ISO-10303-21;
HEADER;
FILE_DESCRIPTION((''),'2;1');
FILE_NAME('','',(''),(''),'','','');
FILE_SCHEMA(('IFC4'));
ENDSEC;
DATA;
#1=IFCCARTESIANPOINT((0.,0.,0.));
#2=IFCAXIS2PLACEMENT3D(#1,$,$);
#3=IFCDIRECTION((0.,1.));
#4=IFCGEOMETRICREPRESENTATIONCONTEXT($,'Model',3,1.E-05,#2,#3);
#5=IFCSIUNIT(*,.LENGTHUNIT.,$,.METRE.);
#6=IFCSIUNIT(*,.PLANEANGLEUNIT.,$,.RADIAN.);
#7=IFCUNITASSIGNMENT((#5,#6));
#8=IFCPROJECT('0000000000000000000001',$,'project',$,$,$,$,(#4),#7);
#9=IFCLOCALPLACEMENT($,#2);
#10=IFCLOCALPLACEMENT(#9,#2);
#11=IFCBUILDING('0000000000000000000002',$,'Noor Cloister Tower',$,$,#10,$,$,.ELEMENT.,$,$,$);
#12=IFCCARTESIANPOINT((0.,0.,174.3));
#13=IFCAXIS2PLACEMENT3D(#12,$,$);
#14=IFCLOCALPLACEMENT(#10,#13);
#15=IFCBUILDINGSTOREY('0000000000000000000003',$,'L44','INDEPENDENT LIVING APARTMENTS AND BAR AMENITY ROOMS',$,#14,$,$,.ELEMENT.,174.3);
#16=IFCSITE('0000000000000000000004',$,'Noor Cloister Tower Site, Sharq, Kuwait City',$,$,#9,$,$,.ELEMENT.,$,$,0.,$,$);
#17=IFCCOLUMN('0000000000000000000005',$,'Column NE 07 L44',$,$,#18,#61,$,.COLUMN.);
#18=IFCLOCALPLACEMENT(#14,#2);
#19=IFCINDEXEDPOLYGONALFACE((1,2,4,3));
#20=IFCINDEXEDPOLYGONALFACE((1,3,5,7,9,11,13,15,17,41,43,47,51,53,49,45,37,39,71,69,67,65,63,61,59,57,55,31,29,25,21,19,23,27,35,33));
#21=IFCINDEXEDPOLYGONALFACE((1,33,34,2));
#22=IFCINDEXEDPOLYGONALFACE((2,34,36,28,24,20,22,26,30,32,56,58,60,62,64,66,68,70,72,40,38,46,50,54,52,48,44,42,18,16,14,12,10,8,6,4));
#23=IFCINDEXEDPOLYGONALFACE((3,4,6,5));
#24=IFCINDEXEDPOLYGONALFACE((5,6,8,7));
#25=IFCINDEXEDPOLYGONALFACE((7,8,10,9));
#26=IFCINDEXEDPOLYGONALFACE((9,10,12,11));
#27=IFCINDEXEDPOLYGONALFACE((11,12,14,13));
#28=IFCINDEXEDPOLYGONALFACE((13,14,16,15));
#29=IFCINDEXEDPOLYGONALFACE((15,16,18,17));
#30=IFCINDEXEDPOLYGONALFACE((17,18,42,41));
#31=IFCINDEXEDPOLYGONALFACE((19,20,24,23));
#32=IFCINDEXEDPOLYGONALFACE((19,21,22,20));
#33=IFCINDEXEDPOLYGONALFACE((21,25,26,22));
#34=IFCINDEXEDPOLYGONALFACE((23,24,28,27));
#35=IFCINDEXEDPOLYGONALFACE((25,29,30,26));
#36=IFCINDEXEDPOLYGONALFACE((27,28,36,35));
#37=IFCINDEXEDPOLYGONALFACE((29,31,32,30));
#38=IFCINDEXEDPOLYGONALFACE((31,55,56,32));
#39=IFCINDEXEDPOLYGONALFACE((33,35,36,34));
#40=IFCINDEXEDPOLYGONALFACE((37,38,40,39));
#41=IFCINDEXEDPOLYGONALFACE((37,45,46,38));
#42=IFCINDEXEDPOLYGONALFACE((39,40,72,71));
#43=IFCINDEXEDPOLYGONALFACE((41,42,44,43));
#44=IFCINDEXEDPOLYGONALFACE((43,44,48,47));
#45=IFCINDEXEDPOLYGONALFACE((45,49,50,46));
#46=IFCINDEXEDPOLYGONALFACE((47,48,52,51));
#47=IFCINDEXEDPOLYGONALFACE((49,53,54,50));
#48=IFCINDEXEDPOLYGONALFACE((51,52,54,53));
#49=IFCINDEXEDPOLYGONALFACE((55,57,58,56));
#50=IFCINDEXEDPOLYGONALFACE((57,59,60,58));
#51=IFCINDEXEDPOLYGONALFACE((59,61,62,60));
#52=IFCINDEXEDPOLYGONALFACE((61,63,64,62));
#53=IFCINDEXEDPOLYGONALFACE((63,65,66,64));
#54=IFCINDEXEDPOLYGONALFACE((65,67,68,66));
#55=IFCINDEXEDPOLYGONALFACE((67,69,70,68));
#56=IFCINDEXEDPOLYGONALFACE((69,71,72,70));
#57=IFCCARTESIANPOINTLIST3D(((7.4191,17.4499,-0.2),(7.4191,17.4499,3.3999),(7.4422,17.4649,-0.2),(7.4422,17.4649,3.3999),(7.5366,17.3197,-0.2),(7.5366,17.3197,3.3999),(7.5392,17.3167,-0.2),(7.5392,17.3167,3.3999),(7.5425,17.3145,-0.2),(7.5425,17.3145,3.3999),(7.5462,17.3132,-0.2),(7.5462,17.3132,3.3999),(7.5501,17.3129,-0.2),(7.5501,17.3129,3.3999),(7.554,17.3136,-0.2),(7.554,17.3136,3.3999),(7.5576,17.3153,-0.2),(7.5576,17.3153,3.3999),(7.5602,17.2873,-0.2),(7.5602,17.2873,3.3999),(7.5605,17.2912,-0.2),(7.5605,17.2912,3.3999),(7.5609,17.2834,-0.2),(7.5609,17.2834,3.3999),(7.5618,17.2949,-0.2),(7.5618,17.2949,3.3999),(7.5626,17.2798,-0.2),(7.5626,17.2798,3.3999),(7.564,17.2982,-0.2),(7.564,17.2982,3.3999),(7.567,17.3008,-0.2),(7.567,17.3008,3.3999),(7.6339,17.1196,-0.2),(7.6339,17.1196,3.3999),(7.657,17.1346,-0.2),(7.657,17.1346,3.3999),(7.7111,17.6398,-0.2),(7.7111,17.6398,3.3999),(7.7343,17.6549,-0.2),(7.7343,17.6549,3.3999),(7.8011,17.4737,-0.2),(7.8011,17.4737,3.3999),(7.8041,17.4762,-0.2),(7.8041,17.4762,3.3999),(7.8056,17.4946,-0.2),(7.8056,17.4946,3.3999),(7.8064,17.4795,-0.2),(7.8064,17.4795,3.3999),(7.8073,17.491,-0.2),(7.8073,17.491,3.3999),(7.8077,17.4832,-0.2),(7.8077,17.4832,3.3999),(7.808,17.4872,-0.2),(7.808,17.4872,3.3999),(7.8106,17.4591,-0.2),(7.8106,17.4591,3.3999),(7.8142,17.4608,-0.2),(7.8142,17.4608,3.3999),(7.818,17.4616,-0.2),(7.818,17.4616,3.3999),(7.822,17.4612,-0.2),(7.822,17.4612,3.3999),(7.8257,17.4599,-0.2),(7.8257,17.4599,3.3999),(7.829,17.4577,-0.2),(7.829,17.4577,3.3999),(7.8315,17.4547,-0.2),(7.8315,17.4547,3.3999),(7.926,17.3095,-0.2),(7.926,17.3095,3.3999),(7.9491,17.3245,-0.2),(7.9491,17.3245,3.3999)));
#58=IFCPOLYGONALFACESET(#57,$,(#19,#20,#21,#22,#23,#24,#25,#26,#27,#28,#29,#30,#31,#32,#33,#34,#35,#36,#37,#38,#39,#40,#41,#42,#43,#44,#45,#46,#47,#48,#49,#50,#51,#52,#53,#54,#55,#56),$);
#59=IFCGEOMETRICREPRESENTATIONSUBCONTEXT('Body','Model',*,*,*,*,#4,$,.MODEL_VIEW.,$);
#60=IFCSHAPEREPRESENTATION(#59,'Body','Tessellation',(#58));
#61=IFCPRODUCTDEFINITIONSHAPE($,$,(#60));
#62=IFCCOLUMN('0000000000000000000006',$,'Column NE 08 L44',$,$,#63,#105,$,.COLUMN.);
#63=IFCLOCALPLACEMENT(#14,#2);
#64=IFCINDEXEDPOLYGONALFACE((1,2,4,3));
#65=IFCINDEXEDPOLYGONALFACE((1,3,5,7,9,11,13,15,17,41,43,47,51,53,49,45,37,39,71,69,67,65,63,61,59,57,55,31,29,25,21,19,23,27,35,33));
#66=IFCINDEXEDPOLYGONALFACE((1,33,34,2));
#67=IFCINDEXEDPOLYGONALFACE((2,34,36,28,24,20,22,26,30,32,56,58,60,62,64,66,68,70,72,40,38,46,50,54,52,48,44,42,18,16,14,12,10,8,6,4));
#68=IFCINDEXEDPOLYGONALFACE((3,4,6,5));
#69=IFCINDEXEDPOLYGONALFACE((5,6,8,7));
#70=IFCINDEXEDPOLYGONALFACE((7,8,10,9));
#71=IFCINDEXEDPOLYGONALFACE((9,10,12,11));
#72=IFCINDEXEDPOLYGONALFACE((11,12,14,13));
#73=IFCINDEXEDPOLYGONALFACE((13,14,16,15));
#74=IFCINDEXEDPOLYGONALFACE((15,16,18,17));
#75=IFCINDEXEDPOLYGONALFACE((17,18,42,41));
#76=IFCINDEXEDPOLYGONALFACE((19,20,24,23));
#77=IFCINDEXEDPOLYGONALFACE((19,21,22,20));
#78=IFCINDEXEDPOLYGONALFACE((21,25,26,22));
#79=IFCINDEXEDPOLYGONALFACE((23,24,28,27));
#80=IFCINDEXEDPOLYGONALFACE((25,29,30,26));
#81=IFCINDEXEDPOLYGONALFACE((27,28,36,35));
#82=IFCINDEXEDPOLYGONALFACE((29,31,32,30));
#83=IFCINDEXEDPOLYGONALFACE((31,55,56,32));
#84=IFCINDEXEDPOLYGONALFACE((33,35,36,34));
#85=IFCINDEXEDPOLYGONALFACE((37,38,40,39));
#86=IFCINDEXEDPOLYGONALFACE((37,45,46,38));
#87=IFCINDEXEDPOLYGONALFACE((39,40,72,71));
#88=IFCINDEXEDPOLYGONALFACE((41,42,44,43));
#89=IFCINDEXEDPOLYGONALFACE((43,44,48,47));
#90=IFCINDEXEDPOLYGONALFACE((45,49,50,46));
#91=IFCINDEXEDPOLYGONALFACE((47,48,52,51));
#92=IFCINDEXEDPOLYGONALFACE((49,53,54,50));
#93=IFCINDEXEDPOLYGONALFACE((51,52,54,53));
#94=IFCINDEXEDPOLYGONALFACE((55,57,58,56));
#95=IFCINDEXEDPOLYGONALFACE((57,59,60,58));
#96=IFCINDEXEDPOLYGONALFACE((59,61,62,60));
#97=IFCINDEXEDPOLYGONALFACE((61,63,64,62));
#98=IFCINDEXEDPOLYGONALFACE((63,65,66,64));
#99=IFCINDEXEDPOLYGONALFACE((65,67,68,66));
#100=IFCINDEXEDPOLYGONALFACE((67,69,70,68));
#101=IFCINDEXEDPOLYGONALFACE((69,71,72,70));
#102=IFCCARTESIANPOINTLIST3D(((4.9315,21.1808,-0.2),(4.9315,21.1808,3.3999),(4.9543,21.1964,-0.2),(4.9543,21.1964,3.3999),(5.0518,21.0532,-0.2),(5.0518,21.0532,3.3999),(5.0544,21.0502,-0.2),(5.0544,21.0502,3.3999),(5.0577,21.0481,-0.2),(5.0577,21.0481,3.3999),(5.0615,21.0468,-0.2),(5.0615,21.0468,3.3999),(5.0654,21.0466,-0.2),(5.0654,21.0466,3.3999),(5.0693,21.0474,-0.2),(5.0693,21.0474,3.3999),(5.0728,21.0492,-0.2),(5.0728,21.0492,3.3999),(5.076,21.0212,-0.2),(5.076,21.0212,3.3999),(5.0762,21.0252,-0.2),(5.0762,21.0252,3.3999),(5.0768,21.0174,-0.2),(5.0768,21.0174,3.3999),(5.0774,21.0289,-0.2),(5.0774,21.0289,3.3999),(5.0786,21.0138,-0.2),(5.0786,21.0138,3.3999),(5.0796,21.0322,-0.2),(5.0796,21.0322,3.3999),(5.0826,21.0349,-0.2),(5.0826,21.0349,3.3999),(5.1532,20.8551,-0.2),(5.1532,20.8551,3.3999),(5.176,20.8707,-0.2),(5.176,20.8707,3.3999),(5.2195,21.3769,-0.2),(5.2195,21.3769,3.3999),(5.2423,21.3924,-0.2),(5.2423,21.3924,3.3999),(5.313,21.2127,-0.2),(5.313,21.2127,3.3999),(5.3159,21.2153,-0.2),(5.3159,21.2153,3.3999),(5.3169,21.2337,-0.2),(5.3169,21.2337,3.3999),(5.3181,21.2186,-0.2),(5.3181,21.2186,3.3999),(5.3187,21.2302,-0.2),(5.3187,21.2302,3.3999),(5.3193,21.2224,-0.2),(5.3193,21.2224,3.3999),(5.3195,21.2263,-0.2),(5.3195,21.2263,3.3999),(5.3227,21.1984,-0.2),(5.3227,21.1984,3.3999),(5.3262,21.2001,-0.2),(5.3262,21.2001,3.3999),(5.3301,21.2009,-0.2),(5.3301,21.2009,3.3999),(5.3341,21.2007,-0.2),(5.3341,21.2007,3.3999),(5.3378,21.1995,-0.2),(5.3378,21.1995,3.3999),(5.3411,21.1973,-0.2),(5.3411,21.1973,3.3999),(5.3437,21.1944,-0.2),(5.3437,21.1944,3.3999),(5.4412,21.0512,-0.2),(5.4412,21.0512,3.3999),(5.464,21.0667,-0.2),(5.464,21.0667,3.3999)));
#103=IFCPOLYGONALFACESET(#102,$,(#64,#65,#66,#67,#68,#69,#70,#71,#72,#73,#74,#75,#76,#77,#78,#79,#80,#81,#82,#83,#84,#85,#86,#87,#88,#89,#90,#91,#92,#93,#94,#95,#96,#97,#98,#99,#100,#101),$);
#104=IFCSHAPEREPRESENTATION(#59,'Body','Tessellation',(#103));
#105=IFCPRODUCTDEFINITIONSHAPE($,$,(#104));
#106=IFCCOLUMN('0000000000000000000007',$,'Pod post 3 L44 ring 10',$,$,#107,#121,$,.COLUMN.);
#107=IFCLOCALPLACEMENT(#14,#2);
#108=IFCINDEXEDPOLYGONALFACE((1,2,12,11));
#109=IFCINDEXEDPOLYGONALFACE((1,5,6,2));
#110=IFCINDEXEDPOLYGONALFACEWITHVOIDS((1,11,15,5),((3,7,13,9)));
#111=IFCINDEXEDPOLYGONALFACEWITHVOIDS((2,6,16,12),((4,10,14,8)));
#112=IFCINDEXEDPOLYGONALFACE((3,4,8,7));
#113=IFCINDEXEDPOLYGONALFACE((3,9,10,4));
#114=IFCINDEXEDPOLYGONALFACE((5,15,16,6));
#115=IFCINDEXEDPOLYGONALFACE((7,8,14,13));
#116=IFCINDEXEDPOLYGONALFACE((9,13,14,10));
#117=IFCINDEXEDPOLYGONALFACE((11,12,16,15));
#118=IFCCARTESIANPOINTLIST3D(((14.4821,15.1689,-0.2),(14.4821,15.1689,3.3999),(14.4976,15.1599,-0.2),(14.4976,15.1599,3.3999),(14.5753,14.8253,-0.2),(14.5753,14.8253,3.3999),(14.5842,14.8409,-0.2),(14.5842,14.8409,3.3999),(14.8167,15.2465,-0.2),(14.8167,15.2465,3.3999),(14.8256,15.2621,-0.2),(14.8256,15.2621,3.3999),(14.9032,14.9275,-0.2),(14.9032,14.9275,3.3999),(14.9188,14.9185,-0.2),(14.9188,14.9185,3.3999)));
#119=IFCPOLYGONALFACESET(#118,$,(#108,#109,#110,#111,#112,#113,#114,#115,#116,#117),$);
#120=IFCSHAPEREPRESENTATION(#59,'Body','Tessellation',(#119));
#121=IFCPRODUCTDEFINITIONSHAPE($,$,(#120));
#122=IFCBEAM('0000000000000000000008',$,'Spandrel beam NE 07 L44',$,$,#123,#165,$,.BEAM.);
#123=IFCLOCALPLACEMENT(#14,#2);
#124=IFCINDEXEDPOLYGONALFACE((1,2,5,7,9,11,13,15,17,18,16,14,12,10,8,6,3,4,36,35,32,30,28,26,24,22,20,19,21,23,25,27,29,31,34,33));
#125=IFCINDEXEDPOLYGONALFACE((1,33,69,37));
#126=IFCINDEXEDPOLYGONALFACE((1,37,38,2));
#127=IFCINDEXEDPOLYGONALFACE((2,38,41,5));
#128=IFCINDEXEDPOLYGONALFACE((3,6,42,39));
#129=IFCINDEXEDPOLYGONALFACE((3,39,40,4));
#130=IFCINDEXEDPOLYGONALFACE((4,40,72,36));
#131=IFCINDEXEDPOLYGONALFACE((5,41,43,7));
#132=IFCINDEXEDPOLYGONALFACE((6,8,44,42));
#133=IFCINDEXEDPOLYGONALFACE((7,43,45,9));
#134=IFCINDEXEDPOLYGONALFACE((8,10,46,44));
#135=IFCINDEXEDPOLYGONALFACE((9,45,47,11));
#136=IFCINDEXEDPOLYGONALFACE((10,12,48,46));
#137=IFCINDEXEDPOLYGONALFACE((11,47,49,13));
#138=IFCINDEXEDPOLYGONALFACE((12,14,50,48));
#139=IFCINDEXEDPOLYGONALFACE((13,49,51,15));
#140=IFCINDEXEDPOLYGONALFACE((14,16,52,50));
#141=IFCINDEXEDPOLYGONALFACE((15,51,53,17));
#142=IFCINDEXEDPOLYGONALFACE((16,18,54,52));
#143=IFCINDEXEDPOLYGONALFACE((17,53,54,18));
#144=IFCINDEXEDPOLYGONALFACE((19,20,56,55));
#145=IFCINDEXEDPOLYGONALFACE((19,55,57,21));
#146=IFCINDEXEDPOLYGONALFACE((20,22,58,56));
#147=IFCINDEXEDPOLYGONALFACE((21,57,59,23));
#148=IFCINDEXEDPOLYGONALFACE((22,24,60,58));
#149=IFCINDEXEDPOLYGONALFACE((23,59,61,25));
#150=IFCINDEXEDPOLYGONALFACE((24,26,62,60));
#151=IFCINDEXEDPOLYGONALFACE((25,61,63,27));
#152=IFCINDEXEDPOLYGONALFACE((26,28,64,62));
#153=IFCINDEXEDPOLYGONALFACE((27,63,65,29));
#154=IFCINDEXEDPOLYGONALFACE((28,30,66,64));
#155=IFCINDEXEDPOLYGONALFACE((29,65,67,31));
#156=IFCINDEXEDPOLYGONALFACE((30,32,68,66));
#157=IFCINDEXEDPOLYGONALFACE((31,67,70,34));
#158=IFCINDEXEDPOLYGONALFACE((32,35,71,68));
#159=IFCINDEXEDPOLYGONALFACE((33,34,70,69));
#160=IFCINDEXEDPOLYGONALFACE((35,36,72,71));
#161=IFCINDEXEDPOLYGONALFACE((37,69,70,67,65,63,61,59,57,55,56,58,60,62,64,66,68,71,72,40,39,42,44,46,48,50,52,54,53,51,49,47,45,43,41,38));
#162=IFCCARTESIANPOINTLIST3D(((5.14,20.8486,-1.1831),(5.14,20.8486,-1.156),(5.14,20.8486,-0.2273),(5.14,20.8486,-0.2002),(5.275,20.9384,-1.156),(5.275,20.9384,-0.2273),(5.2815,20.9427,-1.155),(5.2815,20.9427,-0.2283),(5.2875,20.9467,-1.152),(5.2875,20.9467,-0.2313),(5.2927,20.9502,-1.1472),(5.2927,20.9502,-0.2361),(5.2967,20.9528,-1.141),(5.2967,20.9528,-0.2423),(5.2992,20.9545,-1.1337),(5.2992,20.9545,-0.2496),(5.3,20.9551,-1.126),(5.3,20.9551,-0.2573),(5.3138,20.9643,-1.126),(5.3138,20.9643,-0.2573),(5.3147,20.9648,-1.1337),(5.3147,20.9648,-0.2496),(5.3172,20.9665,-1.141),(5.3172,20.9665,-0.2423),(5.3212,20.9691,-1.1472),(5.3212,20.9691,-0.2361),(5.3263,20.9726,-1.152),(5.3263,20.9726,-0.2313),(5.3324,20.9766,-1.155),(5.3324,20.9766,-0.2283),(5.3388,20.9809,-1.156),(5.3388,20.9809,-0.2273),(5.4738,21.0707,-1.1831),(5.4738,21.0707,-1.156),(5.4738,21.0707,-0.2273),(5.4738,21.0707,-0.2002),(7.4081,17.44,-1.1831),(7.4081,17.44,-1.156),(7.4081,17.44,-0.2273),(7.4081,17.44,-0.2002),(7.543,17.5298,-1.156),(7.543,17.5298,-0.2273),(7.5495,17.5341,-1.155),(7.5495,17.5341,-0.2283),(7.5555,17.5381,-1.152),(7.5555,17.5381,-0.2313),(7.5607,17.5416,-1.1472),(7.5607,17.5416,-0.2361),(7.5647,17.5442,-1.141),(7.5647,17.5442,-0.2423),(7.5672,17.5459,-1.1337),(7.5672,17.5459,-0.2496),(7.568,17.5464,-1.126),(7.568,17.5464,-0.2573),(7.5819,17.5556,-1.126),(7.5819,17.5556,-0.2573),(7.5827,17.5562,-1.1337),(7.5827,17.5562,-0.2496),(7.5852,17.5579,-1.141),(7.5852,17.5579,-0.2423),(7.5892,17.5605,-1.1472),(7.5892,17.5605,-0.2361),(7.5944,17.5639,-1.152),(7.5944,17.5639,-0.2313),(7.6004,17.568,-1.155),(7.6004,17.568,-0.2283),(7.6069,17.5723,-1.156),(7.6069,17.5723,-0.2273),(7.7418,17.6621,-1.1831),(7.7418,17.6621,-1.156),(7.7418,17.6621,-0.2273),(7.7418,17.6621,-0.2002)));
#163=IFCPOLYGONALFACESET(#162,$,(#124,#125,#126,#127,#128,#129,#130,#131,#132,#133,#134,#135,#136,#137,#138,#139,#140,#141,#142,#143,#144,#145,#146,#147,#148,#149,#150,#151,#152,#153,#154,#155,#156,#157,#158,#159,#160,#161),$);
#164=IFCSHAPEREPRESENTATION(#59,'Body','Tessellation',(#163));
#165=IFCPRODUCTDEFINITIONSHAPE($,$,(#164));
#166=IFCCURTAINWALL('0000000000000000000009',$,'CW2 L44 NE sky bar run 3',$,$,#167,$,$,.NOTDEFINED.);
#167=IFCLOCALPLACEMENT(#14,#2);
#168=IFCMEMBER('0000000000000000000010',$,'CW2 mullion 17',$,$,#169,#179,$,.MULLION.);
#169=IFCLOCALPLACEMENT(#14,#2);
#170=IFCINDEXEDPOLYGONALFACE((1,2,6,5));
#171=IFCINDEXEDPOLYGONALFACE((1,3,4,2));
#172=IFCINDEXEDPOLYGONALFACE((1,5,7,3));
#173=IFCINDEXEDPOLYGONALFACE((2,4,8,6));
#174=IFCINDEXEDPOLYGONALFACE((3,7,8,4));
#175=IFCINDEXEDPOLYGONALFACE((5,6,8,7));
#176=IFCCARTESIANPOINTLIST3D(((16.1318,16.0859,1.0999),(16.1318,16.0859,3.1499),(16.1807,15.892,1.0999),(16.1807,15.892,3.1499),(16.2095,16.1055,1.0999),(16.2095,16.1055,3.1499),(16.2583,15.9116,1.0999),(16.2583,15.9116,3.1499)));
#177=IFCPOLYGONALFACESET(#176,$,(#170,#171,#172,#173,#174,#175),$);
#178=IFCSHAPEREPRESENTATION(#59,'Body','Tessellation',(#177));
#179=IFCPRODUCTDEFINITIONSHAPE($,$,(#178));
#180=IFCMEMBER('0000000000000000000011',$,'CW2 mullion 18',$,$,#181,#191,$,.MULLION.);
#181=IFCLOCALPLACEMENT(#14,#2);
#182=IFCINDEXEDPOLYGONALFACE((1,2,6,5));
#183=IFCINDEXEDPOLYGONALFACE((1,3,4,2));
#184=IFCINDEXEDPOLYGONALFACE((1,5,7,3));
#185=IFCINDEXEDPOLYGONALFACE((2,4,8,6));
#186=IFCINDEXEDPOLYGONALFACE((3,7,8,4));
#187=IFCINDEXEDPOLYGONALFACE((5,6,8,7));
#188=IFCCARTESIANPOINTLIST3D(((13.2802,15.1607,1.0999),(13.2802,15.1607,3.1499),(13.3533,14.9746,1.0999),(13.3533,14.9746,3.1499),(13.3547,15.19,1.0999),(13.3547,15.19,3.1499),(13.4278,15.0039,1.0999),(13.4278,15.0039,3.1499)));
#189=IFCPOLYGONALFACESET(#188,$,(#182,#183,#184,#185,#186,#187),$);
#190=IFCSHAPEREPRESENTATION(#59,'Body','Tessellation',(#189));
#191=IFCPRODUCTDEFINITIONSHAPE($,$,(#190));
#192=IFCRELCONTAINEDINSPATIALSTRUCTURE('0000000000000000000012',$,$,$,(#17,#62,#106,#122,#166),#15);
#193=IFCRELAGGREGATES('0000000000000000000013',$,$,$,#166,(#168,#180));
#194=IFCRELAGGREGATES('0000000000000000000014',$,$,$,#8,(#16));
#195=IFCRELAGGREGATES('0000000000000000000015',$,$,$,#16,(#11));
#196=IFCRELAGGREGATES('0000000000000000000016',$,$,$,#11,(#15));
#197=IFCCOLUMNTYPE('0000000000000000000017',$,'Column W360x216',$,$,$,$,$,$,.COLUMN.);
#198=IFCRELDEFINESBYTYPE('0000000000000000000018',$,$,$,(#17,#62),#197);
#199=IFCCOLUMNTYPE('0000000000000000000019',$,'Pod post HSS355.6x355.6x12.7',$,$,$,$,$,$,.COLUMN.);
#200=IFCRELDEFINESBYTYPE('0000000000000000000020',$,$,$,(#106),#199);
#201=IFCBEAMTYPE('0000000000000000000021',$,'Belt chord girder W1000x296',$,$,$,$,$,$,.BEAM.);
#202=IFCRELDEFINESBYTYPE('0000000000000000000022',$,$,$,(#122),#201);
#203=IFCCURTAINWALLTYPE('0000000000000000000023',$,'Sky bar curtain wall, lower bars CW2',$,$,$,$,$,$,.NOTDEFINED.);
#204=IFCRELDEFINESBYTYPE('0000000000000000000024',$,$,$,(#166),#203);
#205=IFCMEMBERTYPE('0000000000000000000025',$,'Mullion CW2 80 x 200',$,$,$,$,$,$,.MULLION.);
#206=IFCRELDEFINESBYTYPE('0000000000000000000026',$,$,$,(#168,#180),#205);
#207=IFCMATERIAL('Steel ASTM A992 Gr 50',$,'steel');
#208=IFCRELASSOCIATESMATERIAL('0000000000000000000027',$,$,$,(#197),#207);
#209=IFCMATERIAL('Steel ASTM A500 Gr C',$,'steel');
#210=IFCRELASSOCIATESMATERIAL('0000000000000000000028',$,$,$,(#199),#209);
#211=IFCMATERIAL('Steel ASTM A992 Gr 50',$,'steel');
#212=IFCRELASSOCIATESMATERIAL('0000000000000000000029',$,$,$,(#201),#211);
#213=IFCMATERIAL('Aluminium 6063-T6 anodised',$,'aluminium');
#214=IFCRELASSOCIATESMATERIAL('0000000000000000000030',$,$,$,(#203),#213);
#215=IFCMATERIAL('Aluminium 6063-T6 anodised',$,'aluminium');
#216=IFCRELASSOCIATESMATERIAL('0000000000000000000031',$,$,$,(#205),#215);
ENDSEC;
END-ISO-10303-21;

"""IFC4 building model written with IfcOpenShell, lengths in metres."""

from ifc_helpers import new_model, si_unit, direction, frame, origin, origin_2d, place, context, subcontext, project, spatial, rectangle, hollow_rectangle, i_section, extrude, material, material_profile, profile_set, type_object, element, aggregate, save


model = new_model("IFC4")

# Units and contexts
model_context = context("Model", 3, precision=1e-05, world=origin(), true_north=direction((0.0, 1.0)))
body_context = subcontext(model_context, "Body", "Model", "MODEL_VIEW")
ifc_project = project(units=[si_unit("LENGTHUNIT", "METRE"), si_unit("PLANEANGLEUNIT", "RADIAN")], contexts=[model_context])

# Site, building, storey
site_placement = place(None, origin())
site = spatial("IfcSite", under=ifc_project, at=site_placement, Name="Noor Cloister Tower Site, Sharq, Kuwait City", CompositionType="ELEMENT", RefElevation=0.0)
building_placement = place(site_placement, origin())
building = spatial("IfcBuilding", under=site, at=building_placement, Name="Noor Cloister Tower", CompositionType="ELEMENT")
storey_placement = place(building_placement, frame((0.0, 0.0, 174.3)))
storey = spatial("IfcBuildingStorey", under=building, at=storey_placement, Name="L44", Description="INDEPENDENT LIVING APARTMENTS AND BAR AMENITY ROOMS", CompositionType="ELEMENT", Elevation=174.3)

# Columns
ifc_material_1 = material(Name="Steel ASTM A992 Gr 50", Category="steel")
ifc_material_profile_1 = material_profile(ifc_material_1, i_section(OverallWidth=0.394, OverallDepth=0.376, WebThickness=0.0173, FlangeThickness=0.0276, FilletRadius=0.0151, at=origin_2d()), Name="W360x216")
ifc_profile_set_1 = profile_set([ifc_material_profile_1], Name="Steel ASTM A992 Gr 50")
column_type_1 = type_object("IfcColumnType", Name="Column W360x216", PredefinedType="COLUMN", material=ifc_profile_set_1)
for number, where, z_axis, x_axis, name in (
    (1, (7.6841, 17.3872, -0.2), (0.0, 0.0, 1.0), (-0.545137, 0.838347, 0.0), "Column NE 07 L44"),
    (2, (5.1978, 21.1238, -0.2), (0.0, 0.0, 1.0), (-0.562771, 0.826613, 0.0), "Column NE 08 L44"),
):
    element("IfcColumn", number, at=place(storey_placement, frame(where, z_axis=z_axis, x_axis=x_axis)), inside=storey, type_object=column_type_1, Name=name, PredefinedType="COLUMN", context=body_context, shape_type="SweptSolid", body=[
        extrude(i_section(OverallWidth=0.394, OverallDepth=0.376, WebThickness=0.0173, FlangeThickness=0.0276, FilletRadius=0.0151, at=origin_2d()), origin(), (0.0, 0.0, 1.0), 3.5999),
    ])
ifc_material_2 = material(Name="Steel ASTM A500 Gr C", Category="steel")
ifc_material_profile_2 = material_profile(ifc_material_2, hollow_rectangle(XDim=0.356, YDim=0.356, WallThickness=0.0127, at=origin_2d()), Name="HSS355.6x355.6x12.7")
ifc_profile_set_2 = profile_set([ifc_material_profile_2], Name="Steel ASTM A500 Gr C")
column_type_2 = type_object("IfcColumnType", Name="Pod post HSS355.6x355.6x12.7", PredefinedType="COLUMN", material=ifc_profile_set_2)
column_placement = place(storey_placement, frame((14.7004, 15.0437, -0.2), z_axis=(0.0, 0.0, 1.0), x_axis=(-0.965115, -0.261828, 0.0)))
element("IfcColumn", 3, at=column_placement, inside=storey, type_object=column_type_2, Name="Pod post 3 L44 ring 10", PredefinedType="COLUMN", context=body_context, shape_type="SweptSolid", body=[
    extrude(hollow_rectangle(XDim=0.356, YDim=0.356, WallThickness=0.0127, at=origin_2d()), origin(), (0.0, 0.0, 1.0), 3.5999),
])

# Beam
ifc_material_3 = material(Name="Steel ASTM A992 Gr 50", Category="steel")
ifc_material_profile_3 = material_profile(ifc_material_3, i_section(OverallWidth=0.4009, OverallDepth=0.9829, WebThickness=0.0166, FlangeThickness=0.0271, FilletRadius=0.03, at=origin_2d()), Name="W1000x296")
ifc_profile_set_3 = profile_set([ifc_material_profile_3], Name="Steel ASTM A992 Gr 50")
beam_type_1 = type_object("IfcBeamType", Name="Belt chord girder W1000x296", PredefinedType="BEAM", material=ifc_profile_set_3)
beam_1_placement = place(storey_placement, frame((7.575, 17.551, -0.6917), z_axis=(-0.553957, 0.832545, 0.0), x_axis=(-0.832545, -0.553957, 0.0)))
element("IfcBeam", 4, at=beam_1_placement, inside=storey, type_object=beam_type_1, Name="Spandrel beam NE 07 L44", PredefinedType="BEAM", context=body_context, shape_type="SweptSolid", body=[
    extrude(i_section(OverallWidth=0.4009, OverallDepth=0.9829, WebThickness=0.0166, FlangeThickness=0.0271, FilletRadius=0.03, at=origin_2d()), origin(), (0.0, 0.0, 1.0), 4.0942),
])

# Curtain wall, members
ifc_material_4 = material(Name="Aluminium 6063-T6 anodised", Category="aluminium")
curtain_wall_type_1 = type_object("IfcCurtainWallType", Name="Sky bar curtain wall, lower bars CW2", PredefinedType="NOTDEFINED", material=ifc_material_4)
curtain_wall_1_placement = place(storey_placement, origin())
curtain_wall_1 = element("IfcCurtainWall", 5, at=curtain_wall_1_placement, inside=storey, type_object=curtain_wall_type_1, Name="CW2 L44 NE sky bar run 3", PredefinedType="NOTDEFINED")
ifc_material_5 = material(Name="Aluminium 6063-T6 anodised", Category="aluminium")
ifc_material_profile_4 = material_profile(ifc_material_5, rectangle(XDim=0.2, YDim=0.0801, at=origin_2d()), Name="200 x 80 mullion")
ifc_profile_set_4 = profile_set([ifc_material_profile_4], Name="Aluminium 6063-T6 anodised")
member_type_1 = type_object("IfcMemberType", Name="Mullion CW2 80 x 200", PredefinedType="MULLION", material=ifc_profile_set_4)
member_1_placement = place(storey_placement, frame((16.1951, 15.9988, 1.0999), z_axis=(0.0, 0.0, 1.0), x_axis=(0.24441, -0.969672, 0.0)))
member_1 = element("IfcMember", 6, at=member_1_placement, type_object=member_type_1, Name="CW2 mullion 17", PredefinedType="MULLION", context=body_context, shape_type="SweptSolid", body=[
    extrude(rectangle(XDim=0.2, YDim=0.0801, at=origin_2d()), origin(), (0.0, 0.0, 1.0), 2.05),
])
member_2_placement = place(storey_placement, frame((13.354, 15.0823, 1.0999), z_axis=(0.0, 0.0, 1.0), x_axis=(0.365533, -0.930798, 0.0)))
member_2 = element("IfcMember", 7, at=member_2_placement, type_object=member_type_1, Name="CW2 mullion 18", PredefinedType="MULLION", context=body_context, shape_type="SweptSolid", body=[
    extrude(rectangle(XDim=0.2, YDim=0.0801, at=origin_2d()), origin(), (0.0, 0.0, 1.0), 2.05),
])

aggregate(curtain_wall_1, [member_1, member_2])

save(model, "model.ifc")
